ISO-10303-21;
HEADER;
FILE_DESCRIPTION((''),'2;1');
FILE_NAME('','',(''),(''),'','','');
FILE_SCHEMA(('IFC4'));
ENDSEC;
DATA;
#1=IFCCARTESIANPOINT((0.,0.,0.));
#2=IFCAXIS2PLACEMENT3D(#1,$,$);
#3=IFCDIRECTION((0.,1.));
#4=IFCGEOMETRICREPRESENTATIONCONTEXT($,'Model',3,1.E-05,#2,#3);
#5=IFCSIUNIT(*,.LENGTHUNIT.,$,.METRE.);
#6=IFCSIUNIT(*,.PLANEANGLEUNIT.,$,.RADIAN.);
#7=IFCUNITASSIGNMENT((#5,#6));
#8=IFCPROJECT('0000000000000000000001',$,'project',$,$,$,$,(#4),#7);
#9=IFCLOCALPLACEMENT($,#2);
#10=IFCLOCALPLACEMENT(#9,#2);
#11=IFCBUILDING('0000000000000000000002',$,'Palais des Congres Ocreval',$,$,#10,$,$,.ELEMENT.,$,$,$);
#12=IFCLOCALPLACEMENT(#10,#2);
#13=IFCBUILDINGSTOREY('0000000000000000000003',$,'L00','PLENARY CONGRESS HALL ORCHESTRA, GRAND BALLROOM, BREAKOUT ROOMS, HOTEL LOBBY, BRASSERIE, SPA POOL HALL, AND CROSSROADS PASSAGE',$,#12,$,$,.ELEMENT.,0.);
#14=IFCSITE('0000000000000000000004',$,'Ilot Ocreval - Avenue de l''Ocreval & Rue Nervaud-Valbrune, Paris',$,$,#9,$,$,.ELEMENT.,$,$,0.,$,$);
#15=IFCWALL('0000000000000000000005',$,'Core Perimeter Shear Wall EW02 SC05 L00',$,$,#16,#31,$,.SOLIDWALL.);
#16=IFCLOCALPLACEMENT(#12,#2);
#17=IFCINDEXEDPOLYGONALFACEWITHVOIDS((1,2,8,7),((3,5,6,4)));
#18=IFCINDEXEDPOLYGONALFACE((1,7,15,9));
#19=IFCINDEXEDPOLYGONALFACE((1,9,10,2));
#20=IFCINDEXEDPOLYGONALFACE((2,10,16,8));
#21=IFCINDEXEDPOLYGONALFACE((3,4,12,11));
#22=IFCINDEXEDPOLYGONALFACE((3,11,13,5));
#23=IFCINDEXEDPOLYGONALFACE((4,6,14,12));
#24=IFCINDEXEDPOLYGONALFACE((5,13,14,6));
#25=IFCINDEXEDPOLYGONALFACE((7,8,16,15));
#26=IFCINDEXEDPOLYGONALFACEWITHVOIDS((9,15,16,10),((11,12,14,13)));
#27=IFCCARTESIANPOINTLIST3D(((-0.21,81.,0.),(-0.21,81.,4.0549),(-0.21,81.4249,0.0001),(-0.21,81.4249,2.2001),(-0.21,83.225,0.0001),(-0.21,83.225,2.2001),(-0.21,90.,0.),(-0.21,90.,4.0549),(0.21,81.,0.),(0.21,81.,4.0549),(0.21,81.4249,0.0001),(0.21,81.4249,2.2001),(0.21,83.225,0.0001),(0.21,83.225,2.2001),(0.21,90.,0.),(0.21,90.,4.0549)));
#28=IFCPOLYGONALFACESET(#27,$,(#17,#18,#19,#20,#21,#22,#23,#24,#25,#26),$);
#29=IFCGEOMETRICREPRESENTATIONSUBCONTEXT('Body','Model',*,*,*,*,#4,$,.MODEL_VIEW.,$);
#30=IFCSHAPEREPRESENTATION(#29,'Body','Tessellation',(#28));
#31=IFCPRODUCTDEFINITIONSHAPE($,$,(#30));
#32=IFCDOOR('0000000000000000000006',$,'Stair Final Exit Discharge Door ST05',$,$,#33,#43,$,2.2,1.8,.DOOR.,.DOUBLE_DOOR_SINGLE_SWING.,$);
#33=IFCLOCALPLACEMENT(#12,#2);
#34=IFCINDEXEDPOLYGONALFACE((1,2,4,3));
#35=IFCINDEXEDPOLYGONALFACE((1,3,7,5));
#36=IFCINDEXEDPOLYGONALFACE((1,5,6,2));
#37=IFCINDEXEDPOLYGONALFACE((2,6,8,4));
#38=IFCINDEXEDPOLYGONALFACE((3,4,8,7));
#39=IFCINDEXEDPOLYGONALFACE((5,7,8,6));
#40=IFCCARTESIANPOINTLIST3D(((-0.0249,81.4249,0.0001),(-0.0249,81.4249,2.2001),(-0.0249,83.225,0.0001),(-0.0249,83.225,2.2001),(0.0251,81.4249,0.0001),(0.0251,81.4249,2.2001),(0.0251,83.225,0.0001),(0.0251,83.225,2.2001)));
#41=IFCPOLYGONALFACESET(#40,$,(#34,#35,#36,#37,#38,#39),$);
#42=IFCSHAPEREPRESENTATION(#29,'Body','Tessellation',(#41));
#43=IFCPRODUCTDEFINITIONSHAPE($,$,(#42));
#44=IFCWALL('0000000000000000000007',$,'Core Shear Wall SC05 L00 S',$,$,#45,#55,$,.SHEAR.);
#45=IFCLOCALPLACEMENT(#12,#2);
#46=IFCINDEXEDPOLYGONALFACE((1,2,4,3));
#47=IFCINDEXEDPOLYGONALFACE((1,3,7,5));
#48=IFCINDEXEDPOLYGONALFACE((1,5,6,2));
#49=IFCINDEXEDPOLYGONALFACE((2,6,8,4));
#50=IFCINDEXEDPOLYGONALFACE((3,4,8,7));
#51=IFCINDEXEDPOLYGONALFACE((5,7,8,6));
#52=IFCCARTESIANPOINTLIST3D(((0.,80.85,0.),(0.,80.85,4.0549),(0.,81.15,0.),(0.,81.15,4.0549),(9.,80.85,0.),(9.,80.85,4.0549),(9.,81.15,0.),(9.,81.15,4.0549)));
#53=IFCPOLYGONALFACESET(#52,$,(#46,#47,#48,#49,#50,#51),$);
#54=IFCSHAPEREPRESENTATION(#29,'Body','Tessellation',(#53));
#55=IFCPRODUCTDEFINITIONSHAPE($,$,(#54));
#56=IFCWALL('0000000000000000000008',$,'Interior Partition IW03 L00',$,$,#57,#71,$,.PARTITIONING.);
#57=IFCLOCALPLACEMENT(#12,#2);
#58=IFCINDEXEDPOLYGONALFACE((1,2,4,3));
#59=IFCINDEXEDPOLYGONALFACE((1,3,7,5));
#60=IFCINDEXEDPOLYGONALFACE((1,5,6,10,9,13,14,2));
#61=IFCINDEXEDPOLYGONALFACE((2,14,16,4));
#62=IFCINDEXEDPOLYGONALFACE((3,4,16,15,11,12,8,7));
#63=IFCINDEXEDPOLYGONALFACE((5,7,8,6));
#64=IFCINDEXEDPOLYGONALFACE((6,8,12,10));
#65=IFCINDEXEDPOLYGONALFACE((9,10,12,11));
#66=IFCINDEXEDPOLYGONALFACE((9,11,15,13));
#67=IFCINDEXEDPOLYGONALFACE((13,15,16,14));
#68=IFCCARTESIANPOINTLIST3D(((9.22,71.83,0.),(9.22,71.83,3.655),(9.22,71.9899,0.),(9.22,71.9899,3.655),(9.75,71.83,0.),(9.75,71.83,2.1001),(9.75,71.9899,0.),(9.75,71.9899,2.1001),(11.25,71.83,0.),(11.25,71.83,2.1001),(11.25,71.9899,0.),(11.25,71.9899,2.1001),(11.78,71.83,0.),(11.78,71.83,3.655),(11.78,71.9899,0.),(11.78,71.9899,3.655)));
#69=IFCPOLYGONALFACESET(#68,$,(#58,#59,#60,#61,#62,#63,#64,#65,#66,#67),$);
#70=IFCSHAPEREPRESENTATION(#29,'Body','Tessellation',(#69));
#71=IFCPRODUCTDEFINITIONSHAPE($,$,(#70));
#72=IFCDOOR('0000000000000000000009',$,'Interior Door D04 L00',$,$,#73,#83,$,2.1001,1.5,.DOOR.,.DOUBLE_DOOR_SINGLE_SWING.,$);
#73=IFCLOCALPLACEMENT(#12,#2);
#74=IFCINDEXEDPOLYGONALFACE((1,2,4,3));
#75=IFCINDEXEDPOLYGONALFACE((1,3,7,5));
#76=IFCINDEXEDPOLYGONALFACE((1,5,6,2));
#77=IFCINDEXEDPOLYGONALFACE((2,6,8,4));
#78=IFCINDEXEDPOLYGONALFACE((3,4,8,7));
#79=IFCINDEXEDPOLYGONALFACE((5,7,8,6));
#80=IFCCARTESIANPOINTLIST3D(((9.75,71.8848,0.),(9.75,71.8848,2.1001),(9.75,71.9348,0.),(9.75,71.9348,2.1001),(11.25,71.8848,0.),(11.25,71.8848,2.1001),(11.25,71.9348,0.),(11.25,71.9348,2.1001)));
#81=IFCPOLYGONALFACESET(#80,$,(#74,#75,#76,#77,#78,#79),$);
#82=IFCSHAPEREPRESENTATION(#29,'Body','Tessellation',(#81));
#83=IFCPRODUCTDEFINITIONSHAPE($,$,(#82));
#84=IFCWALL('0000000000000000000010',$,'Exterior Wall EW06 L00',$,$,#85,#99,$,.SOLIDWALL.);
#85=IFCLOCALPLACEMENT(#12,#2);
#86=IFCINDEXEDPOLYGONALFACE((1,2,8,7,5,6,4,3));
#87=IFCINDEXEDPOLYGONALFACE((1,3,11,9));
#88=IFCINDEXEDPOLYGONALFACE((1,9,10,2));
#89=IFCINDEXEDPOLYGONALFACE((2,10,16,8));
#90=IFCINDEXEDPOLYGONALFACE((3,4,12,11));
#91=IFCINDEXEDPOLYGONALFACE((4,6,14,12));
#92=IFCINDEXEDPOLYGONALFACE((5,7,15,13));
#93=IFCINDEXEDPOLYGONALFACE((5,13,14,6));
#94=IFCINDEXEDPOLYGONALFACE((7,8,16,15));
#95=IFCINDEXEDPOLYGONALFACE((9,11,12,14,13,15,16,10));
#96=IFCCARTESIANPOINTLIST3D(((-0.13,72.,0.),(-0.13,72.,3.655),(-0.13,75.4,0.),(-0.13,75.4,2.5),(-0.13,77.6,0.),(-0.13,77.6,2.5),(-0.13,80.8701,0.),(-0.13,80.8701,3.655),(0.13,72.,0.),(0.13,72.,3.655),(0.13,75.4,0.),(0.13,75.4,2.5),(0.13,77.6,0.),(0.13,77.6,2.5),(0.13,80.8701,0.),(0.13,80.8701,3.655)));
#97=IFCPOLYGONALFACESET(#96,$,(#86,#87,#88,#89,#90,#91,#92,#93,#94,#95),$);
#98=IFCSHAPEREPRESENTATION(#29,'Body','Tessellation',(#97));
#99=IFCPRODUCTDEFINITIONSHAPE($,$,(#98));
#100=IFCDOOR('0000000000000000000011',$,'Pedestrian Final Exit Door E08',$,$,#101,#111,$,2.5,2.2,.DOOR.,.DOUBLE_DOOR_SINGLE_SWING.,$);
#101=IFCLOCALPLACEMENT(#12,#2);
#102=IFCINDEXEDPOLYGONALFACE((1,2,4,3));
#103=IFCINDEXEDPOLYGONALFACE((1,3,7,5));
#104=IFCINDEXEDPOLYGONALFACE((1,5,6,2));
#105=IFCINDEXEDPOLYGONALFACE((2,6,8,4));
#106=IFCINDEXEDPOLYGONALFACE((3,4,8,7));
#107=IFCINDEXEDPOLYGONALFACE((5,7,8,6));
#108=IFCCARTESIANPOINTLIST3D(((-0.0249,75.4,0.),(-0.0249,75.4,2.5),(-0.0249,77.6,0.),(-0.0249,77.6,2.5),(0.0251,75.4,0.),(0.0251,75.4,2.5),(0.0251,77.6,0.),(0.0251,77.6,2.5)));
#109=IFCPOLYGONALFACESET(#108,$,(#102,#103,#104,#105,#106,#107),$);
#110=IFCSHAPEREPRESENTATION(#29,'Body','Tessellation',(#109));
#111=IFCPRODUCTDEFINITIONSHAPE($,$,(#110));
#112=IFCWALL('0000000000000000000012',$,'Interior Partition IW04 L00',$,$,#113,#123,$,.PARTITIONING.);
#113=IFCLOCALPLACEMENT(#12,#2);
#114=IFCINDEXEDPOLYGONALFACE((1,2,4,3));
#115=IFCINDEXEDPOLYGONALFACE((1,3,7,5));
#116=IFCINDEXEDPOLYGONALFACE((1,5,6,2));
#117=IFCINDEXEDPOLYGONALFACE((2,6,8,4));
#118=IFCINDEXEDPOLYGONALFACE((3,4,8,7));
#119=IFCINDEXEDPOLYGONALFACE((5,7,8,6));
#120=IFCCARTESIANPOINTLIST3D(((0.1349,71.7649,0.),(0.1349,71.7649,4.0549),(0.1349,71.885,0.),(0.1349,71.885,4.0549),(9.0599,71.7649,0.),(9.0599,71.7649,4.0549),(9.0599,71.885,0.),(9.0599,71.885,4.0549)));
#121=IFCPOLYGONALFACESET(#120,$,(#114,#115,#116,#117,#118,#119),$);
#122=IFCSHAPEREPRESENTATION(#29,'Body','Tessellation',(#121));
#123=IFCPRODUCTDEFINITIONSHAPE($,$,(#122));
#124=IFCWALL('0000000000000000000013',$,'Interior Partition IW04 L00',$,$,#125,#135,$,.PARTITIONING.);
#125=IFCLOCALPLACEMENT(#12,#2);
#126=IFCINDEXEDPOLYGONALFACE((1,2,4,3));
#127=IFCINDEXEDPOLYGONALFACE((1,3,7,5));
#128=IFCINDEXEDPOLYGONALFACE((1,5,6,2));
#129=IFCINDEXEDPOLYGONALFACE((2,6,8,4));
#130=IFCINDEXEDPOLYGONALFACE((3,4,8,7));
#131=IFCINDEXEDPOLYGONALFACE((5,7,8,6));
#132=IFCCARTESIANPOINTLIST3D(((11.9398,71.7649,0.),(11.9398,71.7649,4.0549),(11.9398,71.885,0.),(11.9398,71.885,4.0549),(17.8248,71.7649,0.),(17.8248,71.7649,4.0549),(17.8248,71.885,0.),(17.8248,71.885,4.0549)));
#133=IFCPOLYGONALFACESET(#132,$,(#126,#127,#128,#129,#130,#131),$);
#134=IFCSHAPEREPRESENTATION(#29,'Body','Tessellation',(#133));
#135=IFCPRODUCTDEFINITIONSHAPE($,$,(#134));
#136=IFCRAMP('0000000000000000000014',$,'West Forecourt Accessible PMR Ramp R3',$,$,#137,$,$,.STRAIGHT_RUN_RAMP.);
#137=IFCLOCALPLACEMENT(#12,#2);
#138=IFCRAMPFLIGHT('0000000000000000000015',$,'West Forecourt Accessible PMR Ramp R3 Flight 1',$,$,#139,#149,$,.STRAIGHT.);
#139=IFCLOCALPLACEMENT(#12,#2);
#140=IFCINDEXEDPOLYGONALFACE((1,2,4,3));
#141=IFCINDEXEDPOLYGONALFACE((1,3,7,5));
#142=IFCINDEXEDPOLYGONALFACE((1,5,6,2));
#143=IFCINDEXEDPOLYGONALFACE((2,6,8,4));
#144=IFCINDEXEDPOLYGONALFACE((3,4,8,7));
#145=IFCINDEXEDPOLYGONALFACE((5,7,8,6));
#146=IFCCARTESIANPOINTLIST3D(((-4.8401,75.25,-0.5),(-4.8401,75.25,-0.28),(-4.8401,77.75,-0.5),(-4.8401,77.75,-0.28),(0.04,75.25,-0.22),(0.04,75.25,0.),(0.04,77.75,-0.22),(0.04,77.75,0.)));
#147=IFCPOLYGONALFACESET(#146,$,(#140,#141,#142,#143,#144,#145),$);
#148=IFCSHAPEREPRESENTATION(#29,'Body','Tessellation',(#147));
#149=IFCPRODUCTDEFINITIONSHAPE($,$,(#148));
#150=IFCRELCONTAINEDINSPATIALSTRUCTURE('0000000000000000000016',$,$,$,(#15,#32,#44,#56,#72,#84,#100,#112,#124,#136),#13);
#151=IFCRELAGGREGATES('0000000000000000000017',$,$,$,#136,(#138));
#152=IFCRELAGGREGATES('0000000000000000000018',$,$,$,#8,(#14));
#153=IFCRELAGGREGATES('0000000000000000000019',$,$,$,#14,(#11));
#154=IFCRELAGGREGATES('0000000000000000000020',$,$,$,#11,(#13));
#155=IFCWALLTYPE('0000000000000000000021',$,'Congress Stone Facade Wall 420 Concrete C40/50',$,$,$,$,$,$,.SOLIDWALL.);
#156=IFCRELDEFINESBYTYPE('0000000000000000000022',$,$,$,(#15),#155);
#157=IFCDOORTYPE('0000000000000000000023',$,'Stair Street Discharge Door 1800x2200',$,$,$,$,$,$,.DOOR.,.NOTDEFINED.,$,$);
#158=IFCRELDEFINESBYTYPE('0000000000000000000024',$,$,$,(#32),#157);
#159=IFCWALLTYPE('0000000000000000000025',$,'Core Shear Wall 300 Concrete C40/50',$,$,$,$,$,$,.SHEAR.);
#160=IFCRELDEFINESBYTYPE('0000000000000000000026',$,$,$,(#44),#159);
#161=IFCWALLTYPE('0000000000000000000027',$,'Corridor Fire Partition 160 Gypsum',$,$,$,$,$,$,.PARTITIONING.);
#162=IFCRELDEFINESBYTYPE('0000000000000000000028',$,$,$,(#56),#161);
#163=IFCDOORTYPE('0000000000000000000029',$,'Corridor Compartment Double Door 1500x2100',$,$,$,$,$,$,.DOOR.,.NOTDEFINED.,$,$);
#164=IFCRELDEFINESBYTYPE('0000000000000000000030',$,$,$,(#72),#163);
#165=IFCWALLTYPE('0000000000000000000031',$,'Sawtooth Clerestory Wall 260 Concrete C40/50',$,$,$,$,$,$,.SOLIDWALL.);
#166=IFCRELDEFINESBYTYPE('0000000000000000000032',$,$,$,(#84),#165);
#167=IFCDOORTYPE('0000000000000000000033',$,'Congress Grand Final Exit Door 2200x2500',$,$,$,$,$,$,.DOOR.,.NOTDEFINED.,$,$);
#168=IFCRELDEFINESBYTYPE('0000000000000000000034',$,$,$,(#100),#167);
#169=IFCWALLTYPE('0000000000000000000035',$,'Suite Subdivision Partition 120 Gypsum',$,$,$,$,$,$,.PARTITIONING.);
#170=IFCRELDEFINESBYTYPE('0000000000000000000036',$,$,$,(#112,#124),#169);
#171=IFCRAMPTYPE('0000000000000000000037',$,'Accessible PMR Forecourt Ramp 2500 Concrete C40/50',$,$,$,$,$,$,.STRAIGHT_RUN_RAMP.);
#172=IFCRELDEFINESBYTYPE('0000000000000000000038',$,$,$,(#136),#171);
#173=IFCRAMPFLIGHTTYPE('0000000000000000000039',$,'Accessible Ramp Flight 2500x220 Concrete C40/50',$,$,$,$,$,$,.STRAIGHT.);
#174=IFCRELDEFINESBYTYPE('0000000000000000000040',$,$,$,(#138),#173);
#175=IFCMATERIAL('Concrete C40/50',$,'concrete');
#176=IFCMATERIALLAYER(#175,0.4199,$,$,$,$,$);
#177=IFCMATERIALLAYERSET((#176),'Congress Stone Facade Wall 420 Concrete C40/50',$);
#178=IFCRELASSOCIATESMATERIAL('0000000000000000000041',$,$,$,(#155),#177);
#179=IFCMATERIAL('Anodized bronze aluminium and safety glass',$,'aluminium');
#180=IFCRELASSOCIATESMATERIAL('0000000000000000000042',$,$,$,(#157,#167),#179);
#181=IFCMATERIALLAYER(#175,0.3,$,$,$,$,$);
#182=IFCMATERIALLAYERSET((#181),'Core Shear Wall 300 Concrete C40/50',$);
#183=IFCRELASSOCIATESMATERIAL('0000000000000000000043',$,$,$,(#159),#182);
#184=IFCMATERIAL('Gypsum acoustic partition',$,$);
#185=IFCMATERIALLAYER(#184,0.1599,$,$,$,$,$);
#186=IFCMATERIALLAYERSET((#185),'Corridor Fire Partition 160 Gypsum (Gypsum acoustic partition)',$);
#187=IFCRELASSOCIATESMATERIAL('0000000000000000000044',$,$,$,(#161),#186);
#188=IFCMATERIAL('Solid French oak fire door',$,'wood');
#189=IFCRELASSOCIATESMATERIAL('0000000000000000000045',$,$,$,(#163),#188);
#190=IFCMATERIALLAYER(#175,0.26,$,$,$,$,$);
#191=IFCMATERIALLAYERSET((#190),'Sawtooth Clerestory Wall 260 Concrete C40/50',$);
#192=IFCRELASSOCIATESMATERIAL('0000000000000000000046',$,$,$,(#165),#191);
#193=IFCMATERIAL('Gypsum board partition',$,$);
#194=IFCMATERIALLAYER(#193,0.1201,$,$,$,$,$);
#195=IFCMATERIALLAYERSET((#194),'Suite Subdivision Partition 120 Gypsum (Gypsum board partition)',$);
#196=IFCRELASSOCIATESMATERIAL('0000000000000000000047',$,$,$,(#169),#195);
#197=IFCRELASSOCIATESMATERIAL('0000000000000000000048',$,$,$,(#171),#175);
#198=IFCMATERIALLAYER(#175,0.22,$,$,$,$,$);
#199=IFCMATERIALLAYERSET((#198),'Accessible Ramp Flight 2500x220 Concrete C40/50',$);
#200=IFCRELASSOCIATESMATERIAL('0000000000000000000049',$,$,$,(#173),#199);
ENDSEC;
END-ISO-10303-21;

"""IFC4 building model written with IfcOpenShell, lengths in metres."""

from ifc_helpers import new_model, si_unit, direction, frame, frame_2d, origin, place, context, subcontext, project, spatial, polyline, rectangle, outline, extrude, material, layer, layer_set, type_object, element, fill, aggregate, save


model = new_model("IFC4")

# Units and contexts
model_context = context("Model", 3, precision=1e-05, world=origin(), true_north=direction((0.0, 1.0)))
body_context = subcontext(model_context, "Body", "Model", "MODEL_VIEW")
ifc_project = project(units=[si_unit("LENGTHUNIT", "METRE"), si_unit("PLANEANGLEUNIT", "RADIAN")], contexts=[model_context])

# Site, building, storey
site_placement = place(None, origin())
site = spatial("IfcSite", under=ifc_project, at=site_placement, Name="Ilot Ocreval - Avenue de l'Ocreval & Rue Nervaud-Valbrune, Paris", CompositionType="ELEMENT", RefElevation=0.0)
building_placement = place(site_placement, origin())
building = spatial("IfcBuilding", under=site, at=building_placement, Name="Palais des Congres Ocreval", CompositionType="ELEMENT")
storey_placement = place(building_placement, origin())
storey = spatial("IfcBuildingStorey", under=building, at=storey_placement, Name="L00", Description="PLENARY CONGRESS HALL ORCHESTRA, GRAND BALLROOM, BREAKOUT ROOMS, HOTEL LOBBY, BRASSERIE, SPA POOL HALL, AND CROSSROADS PASSAGE", CompositionType="ELEMENT", Elevation=0.0)

# Shared definitions
ifc_material_1 = material(Name="Concrete C40/50", Category="concrete")

# Wall, opening, door
ifc_layer_1 = layer(ifc_material_1, 0.4199)
ifc_layer_set_1 = layer_set([ifc_layer_1], Name="Congress Stone Facade Wall 420 Concrete C40/50")
wall_type_1 = type_object("IfcWallType", Name="Congress Stone Facade Wall 420 Concrete C40/50", PredefinedType="SOLIDWALL", material=ifc_layer_set_1)
wall_1_placement = place(storey_placement, frame((0.0, 81.0, 0.0), z_axis=(0.0, 0.0, 1.0), x_axis=(0.0, 1.0, 0.0)))
wall_1 = element("IfcWall", 1, at=wall_1_placement, inside=storey, type_object=wall_type_1, Name="Core Perimeter Shear Wall EW02 SC05 L00", PredefinedType="SOLIDWALL", context=body_context, shape_type="SweptSolid", body=[
    extrude(rectangle(XDim=9.0, YDim=0.4199, at=frame_2d((4.5, 0.0))), origin(), (0.0, 0.0, 1.0), 4.0549),
])
opening_1_placement = place(wall_1_placement, frame((0.425, 0.0, 0.0)))
opening_1 = element("IfcOpeningElement", 2, at=opening_1_placement, cuts=wall_1, PredefinedType="OPENING", context=body_context, shape_type="SweptSolid", body=[
    extrude(rectangle(XDim=1.8, YDim=2.2, at=frame_2d((0.8999, 1.1001))), frame((0.0, 0.22, 0.0), z_axis=(0.0, -1.0, 0.0), x_axis=(1.0, 0.0, 0.0)), (0.0, 0.0, 1.0), 0.4399),
])
ifc_material_2 = material(Name="Anodized bronze aluminium and safety glass", Category="aluminium")
door_type_1 = type_object("IfcDoorType", Name="Stair Street Discharge Door 1800x2200", OperationType="NOTDEFINED", PredefinedType="DOOR", material=ifc_material_2)
door_1_placement = place(opening_1_placement, origin())
door_1 = element("IfcDoor", 3, at=door_1_placement, inside=storey, type_object=door_type_1, Name="Stair Final Exit Discharge Door ST05", OperationType="DOUBLE_DOOR_SINGLE_SWING", OverallHeight=2.2, OverallWidth=1.8, PredefinedType="DOOR", context=body_context, shape_type="SweptSolid", body=[
    extrude(rectangle(XDim=1.8, YDim=2.2, at=frame_2d((0.8999, 1.1001))), frame((0.0, 0.0249, 0.0), z_axis=(0.0, -1.0, 0.0), x_axis=(1.0, 0.0, 0.0)), (0.0, 0.0, 1.0), 0.05),
])
fill(opening_1, door_1)

# Wall
ifc_layer_2 = layer(ifc_material_1, 0.3)
ifc_layer_set_2 = layer_set([ifc_layer_2], Name="Core Shear Wall 300 Concrete C40/50")
wall_type_2 = type_object("IfcWallType", Name="Core Shear Wall 300 Concrete C40/50", PredefinedType="SHEAR", material=ifc_layer_set_2)
wall_2_placement = place(storey_placement, frame((0.0, 81.0, 0.0), z_axis=(0.0, 0.0, 1.0), x_axis=(1.0, 0.0, 0.0)))
element("IfcWall", 4, at=wall_2_placement, inside=storey, type_object=wall_type_2, Name="Core Shear Wall SC05 L00 S", PredefinedType="SHEAR", context=body_context, shape_type="SweptSolid", body=[
    extrude(rectangle(XDim=9.0, YDim=0.3, at=frame_2d((4.5, 0.0))), origin(), (0.0, 0.0, 1.0), 4.0549),
])

# Walls, openings, doors
ifc_material_3 = material(Name="Gypsum acoustic partition")
ifc_layer_3 = layer(ifc_material_3, 0.1599)
ifc_layer_set_3 = layer_set([ifc_layer_3], Name="Corridor Fire Partition 160 Gypsum (Gypsum acoustic partition)")
wall_type_3 = type_object("IfcWallType", Name="Corridor Fire Partition 160 Gypsum", PredefinedType="PARTITIONING", material=ifc_layer_set_3)
wall_3_placement = place(storey_placement, frame((9.22, 71.9099, 0.0), z_axis=(0.0, 0.0, 1.0), x_axis=(1.0, 0.0, 0.0)))
wall_3 = element("IfcWall", 5, at=wall_3_placement, inside=storey, type_object=wall_type_3, Name="Interior Partition IW03 L00", PredefinedType="PARTITIONING", context=body_context, shape_type="SweptSolid", body=[
    extrude(rectangle(XDim=2.5601, YDim=0.1599, at=frame_2d((1.28, 0.0))), origin(), (0.0, 0.0, 1.0), 3.655),
])
opening_2_placement = place(wall_3_placement, frame((0.53, 0.0, 0.0)))
opening_2 = element("IfcOpeningElement", 6, at=opening_2_placement, cuts=wall_3, PredefinedType="OPENING", context=body_context, shape_type="SweptSolid", body=[
    extrude(rectangle(XDim=1.5, YDim=2.1001, at=frame_2d((0.75, 1.05))), frame((0.0, 0.0898, 0.0), z_axis=(0.0, -1.0, 0.0), x_axis=(1.0, 0.0, 0.0)), (0.0, 0.0, 1.0), 0.1799),
])
ifc_material_4 = material(Name="Solid French oak fire door", Category="wood")
door_type_2 = type_object("IfcDoorType", Name="Corridor Compartment Double Door 1500x2100", OperationType="NOTDEFINED", PredefinedType="DOOR", material=ifc_material_4)
door_2_placement = place(opening_2_placement, origin())
door_2 = element("IfcDoor", 7, at=door_2_placement, inside=storey, type_object=door_type_2, Name="Interior Door D04 L00", OperationType="DOUBLE_DOOR_SINGLE_SWING", OverallHeight=2.1001, OverallWidth=1.5, PredefinedType="DOOR", context=body_context, shape_type="SweptSolid", body=[
    extrude(rectangle(XDim=1.5, YDim=2.1001, at=frame_2d((0.75, 1.05))), frame((0.0, 0.0249, 0.0), z_axis=(0.0, -1.0, 0.0), x_axis=(1.0, 0.0, 0.0)), (0.0, 0.0, 1.0), 0.05),
])
fill(opening_2, door_2)
ifc_layer_4 = layer(ifc_material_1, 0.26)
ifc_layer_set_4 = layer_set([ifc_layer_4], Name="Sawtooth Clerestory Wall 260 Concrete C40/50")
wall_type_4 = type_object("IfcWallType", Name="Sawtooth Clerestory Wall 260 Concrete C40/50", PredefinedType="SOLIDWALL", material=ifc_layer_set_4)
wall_4_placement = place(storey_placement, frame((0.0, 72.0, 0.0), z_axis=(0.0, 0.0, 1.0), x_axis=(0.0, 1.0, 0.0)))
wall_4 = element("IfcWall", 8, at=wall_4_placement, inside=storey, type_object=wall_type_4, Name="Exterior Wall EW06 L00", PredefinedType="SOLIDWALL", context=body_context, shape_type="SweptSolid", body=[
    extrude(rectangle(XDim=8.8701, YDim=0.26, at=frame_2d((4.4351, 0.0))), origin(), (0.0, 0.0, 1.0), 3.655),
])
opening_3_placement = place(wall_4_placement, frame((3.3999, 0.0, 0.0)))
opening_3 = element("IfcOpeningElement", 9, at=opening_3_placement, cuts=wall_4, PredefinedType="OPENING", context=body_context, shape_type="SweptSolid", body=[
    extrude(rectangle(XDim=2.2, YDim=2.5, at=frame_2d((1.1001, 1.25))), frame((0.0, 0.1399, 0.0), z_axis=(0.0, -1.0, 0.0), x_axis=(1.0, 0.0, 0.0)), (0.0, 0.0, 1.0), 0.28),
])
door_type_3 = type_object("IfcDoorType", Name="Congress Grand Final Exit Door 2200x2500", OperationType="NOTDEFINED", PredefinedType="DOOR", material=ifc_material_2)
door_3_placement = place(opening_3_placement, origin())
door_3 = element("IfcDoor", 10, at=door_3_placement, inside=storey, type_object=door_type_3, Name="Pedestrian Final Exit Door E08", OperationType="DOUBLE_DOOR_SINGLE_SWING", OverallHeight=2.5, OverallWidth=2.2, PredefinedType="DOOR", context=body_context, shape_type="SweptSolid", body=[
    extrude(rectangle(XDim=2.2, YDim=2.5, at=frame_2d((1.1001, 1.25))), frame((0.0, 0.0249, 0.0), z_axis=(0.0, -1.0, 0.0), x_axis=(1.0, 0.0, 0.0)), (0.0, 0.0, 1.0), 0.05),
])
fill(opening_3, door_3)

# Walls
ifc_material_5 = material(Name="Gypsum board partition")
ifc_layer_5 = layer(ifc_material_5, 0.1201)
ifc_layer_set_5 = layer_set([ifc_layer_5], Name="Suite Subdivision Partition 120 Gypsum (Gypsum board partition)")
wall_type_5 = type_object("IfcWallType", Name="Suite Subdivision Partition 120 Gypsum", PredefinedType="PARTITIONING", material=ifc_layer_set_5)
wall_5_placement = place(storey_placement, frame((0.135, 71.825, 0.0), z_axis=(0.0, 0.0, 1.0), x_axis=(1.0, 0.0, 0.0)))
element("IfcWall", 11, at=wall_5_placement, inside=storey, type_object=wall_type_5, Name="Interior Partition IW04 L00", PredefinedType="PARTITIONING", context=body_context, shape_type="SweptSolid", body=[
    extrude(rectangle(XDim=8.925, YDim=0.1201, at=frame_2d((4.4624, 0.0))), origin(), (0.0, 0.0, 1.0), 4.0549),
])
wall_6_placement = place(storey_placement, frame((11.9399, 71.825, 0.0), z_axis=(0.0, 0.0, 1.0), x_axis=(1.0, 0.0, 0.0)))
element("IfcWall", 12, at=wall_6_placement, inside=storey, type_object=wall_type_5, Name="Interior Partition IW04 L00", PredefinedType="PARTITIONING", context=body_context, shape_type="SweptSolid", body=[
    extrude(rectangle(XDim=5.885, YDim=0.1201, at=frame_2d((2.9424, 0.0))), origin(), (0.0, 0.0, 1.0), 4.0549),
])

# Ramp, ramp flight
ramp_type = type_object("IfcRampType", Name="Accessible PMR Forecourt Ramp 2500 Concrete C40/50", PredefinedType="STRAIGHT_RUN_RAMP", material=ifc_material_1)
ramp_placement = place(storey_placement, origin())
ramp = element("IfcRamp", 13, at=ramp_placement, inside=storey, type_object=ramp_type, Name="West Forecourt Accessible PMR Ramp R3", PredefinedType="STRAIGHT_RUN_RAMP")
ifc_layer_6 = layer(ifc_material_1, 0.22)
ifc_layer_set_6 = layer_set([ifc_layer_6], Name="Accessible Ramp Flight 2500x220 Concrete C40/50")
ramp_flight_type = type_object("IfcRampFlightType", Name="Accessible Ramp Flight 2500x220 Concrete C40/50", PredefinedType="STRAIGHT", material=ifc_layer_set_6)
ramp_flight_placement = place(storey_placement, frame((-4.8, 76.5, -0.28), z_axis=(0.0, 0.0, 1.0), x_axis=(1.0, 0.0, 0.0)))
ramp_flight = element("IfcRampFlight", 14, at=ramp_flight_placement, type_object=ramp_flight_type, Name="West Forecourt Accessible PMR Ramp R3 Flight 1", PredefinedType="STRAIGHT", context=body_context, shape_type="SweptSolid", body=[
    extrude(outline(polyline([(-0.04, 0.0), (4.8401, 0.28), (4.8401, 0.0601), (-0.04, -0.22), (-0.04, 0.0)])), frame((0.0, 1.25, 0.0), z_axis=(0.0, -1.0, 0.0), x_axis=(1.0, 0.0, 0.0)), (0.0, 0.0, 1.0), 2.5),
])
aggregate(ramp, [ramp_flight])

save(model, "model.ifc")
